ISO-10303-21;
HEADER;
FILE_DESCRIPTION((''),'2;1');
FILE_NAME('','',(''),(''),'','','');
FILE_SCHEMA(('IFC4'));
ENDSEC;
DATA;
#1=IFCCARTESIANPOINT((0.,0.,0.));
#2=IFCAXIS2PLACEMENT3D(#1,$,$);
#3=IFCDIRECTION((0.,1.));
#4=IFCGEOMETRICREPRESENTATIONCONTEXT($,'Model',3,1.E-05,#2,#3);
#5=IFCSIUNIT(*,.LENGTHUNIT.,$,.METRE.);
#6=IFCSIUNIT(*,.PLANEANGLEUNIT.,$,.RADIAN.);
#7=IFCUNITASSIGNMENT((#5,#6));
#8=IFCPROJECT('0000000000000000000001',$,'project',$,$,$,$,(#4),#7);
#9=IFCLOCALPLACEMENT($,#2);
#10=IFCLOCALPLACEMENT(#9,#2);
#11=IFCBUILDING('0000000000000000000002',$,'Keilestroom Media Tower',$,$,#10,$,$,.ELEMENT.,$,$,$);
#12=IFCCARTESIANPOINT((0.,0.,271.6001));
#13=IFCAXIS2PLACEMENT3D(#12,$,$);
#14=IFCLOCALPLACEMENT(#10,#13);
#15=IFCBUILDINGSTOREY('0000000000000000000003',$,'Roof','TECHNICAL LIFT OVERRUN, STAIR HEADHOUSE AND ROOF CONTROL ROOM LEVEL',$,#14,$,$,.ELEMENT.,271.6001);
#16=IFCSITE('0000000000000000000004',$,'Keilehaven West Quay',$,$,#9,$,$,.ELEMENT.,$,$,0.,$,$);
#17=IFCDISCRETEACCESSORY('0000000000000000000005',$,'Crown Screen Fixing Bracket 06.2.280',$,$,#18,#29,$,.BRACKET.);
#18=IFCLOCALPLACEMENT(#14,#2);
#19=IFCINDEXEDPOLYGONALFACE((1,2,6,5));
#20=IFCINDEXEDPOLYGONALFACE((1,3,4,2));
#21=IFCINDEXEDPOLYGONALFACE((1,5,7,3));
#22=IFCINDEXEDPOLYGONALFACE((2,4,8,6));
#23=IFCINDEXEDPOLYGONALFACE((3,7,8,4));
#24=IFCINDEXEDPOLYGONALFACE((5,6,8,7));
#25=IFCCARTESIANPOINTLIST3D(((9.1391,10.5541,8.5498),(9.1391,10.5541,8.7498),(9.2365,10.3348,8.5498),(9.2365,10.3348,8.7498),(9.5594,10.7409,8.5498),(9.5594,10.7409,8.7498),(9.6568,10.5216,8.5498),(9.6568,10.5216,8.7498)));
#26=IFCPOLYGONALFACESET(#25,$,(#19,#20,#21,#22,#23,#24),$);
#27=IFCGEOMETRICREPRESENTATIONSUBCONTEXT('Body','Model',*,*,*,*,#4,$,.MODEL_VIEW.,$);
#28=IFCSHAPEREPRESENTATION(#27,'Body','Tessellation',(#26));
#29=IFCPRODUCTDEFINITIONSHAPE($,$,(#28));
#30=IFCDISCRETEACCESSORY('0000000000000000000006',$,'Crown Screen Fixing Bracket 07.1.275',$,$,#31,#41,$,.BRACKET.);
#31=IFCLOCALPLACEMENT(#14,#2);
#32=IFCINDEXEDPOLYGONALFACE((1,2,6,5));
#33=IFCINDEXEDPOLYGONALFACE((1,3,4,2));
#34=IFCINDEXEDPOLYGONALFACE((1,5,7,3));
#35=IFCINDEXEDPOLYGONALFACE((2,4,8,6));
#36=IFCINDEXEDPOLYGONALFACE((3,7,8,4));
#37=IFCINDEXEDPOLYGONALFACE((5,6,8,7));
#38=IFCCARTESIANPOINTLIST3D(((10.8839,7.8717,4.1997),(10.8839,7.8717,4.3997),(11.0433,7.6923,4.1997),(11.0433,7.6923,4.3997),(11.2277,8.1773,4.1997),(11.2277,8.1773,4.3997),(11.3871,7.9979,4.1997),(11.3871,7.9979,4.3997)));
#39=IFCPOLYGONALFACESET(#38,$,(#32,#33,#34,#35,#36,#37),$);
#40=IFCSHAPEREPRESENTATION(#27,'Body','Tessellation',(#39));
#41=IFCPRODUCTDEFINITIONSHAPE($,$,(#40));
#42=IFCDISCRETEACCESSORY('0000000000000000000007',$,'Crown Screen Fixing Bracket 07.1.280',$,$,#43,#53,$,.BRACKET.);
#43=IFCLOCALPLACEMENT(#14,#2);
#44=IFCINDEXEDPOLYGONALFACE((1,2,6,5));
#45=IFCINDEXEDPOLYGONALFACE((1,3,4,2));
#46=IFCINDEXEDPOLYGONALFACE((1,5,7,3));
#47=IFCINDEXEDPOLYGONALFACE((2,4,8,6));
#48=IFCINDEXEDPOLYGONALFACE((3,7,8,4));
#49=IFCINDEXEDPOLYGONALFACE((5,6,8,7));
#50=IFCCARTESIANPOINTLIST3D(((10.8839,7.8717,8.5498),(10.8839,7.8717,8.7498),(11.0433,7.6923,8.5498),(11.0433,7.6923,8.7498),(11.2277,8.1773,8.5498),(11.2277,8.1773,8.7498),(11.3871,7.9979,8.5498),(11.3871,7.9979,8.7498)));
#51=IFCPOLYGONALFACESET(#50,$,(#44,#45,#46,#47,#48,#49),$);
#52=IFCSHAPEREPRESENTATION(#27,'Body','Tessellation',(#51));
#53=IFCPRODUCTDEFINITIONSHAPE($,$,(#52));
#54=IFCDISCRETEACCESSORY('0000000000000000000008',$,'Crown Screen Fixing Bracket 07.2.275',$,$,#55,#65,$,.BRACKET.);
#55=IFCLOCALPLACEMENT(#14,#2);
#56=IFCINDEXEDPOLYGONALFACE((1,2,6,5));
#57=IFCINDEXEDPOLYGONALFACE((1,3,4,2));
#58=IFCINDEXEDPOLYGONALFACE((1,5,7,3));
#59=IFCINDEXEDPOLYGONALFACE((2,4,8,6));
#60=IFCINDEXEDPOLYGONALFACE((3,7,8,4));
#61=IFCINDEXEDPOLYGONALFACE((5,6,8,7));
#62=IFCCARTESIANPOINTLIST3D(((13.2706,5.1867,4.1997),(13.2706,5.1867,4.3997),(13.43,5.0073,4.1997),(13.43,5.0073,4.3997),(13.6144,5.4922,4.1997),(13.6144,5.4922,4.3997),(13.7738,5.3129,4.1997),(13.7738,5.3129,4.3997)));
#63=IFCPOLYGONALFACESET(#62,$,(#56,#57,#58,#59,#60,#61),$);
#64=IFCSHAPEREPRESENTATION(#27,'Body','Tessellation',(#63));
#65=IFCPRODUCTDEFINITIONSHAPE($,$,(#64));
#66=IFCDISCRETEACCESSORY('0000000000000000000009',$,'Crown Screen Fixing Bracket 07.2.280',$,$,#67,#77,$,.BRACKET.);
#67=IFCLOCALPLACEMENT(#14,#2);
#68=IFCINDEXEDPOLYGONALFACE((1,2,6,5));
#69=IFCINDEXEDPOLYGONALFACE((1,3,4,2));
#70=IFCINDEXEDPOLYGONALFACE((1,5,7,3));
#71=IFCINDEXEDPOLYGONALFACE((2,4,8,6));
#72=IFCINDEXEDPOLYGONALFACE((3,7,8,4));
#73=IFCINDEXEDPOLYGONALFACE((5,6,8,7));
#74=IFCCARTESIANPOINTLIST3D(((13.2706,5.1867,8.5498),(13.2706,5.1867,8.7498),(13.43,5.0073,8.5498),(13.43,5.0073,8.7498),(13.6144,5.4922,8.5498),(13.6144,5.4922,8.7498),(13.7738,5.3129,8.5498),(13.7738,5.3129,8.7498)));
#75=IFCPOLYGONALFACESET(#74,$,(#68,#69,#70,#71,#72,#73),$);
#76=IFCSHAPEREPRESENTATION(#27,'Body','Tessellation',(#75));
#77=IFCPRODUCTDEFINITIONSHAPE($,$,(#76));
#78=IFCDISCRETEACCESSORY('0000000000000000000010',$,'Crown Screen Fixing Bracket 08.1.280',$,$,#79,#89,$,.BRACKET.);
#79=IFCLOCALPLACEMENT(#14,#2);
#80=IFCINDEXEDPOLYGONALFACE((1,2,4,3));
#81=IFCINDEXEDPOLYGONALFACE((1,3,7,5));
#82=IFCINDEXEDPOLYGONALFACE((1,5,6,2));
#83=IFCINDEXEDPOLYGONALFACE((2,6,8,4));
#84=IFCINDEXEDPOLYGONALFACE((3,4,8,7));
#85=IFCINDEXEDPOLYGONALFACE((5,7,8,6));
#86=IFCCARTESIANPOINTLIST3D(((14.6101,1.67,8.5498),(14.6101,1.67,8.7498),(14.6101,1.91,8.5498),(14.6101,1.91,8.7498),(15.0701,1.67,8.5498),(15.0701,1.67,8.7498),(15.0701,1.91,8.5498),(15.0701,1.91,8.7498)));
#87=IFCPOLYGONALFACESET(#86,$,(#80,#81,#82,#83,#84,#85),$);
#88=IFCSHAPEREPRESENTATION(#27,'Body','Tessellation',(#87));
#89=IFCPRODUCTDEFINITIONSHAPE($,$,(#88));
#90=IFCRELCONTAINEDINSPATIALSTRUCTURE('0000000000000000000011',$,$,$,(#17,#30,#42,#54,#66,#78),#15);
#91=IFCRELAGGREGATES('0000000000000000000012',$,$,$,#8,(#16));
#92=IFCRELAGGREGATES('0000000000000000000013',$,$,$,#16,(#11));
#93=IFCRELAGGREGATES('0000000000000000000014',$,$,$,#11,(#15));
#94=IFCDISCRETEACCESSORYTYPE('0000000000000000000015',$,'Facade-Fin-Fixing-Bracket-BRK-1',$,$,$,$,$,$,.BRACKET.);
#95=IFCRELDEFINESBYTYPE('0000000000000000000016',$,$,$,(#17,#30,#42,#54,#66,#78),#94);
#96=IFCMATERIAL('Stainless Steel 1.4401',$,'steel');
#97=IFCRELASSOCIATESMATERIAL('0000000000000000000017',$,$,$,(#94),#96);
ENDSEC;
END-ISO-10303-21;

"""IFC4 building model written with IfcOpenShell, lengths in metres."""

from ifc_helpers import new_model, si_unit, direction, frame, origin, origin_2d, place, context, subcontext, project, spatial, rectangle, extrude, source, transform, mapped, material, type_object, element, save


model = new_model("IFC4")

# Units and contexts
model_context = context("Model", 3, precision=1e-05, world=origin(), true_north=direction((0.0, 1.0)))
body_context = subcontext(model_context, "Body", "Model", "MODEL_VIEW")
ifc_project = project(units=[si_unit("LENGTHUNIT", "METRE"), si_unit("PLANEANGLEUNIT", "RADIAN")], contexts=[model_context])

# Site, building, storey
site_placement = place(None, origin())
site = spatial("IfcSite", under=ifc_project, at=site_placement, Name="Keilehaven West Quay", CompositionType="ELEMENT", RefElevation=0.0)
building_placement = place(site_placement, origin())
building = spatial("IfcBuilding", under=site, at=building_placement, Name="Keilestroom Media Tower", CompositionType="ELEMENT")
storey_placement = place(building_placement, frame((0.0, 0.0, 271.6001)))
storey = spatial("IfcBuildingStorey", under=building, at=storey_placement, Name="Roof", Description="TECHNICAL LIFT OVERRUN, STAIR HEADHOUSE AND ROOF CONTROL ROOM LEVEL", CompositionType="ELEMENT", Elevation=271.6001)

# Discrete accessories
ifc_material_1 = material(Name="Stainless Steel 1.4401", Category="steel")
discrete_accessory_type = type_object("IfcDiscreteAccessoryType", Name="Facade-Fin-Fixing-Bracket-BRK-1", PredefinedType="BRACKET", material=ifc_material_1)
shared_shape_1 = source(origin(), body_context, "Body", "SweptSolid", [
    extrude(rectangle(XDim=0.24, YDim=0.46, at=origin_2d()), origin(), (0.0, 0.0, 1.0), 0.2),
])
for number, where, z_axis, x_axis, name in (
    (1, (9.3979, 10.5378, 8.5498), (0.0, 0.0, 1.0), (0.406139, -0.913811, 0.0), "Crown Screen Fixing Bracket 06.2.280"),
    (2, (11.1355, 7.9348, 4.1997), (0.0, 0.0, 1.0), (0.664363, -0.74741, 0.0), "Crown Screen Fixing Bracket 07.1.275"),
    (3, (11.1355, 7.9348, 8.5498), (0.0, 0.0, 1.0), (0.664363, -0.74741, 0.0), "Crown Screen Fixing Bracket 07.1.280"),
    (4, (13.5222, 5.2498, 4.1997), (0.0, 0.0, 1.0), (0.664363, -0.74741, 0.0), "Crown Screen Fixing Bracket 07.2.275"),
    (5, (13.5222, 5.2498, 8.5498), (0.0, 0.0, 1.0), (0.664363, -0.74741, 0.0), "Crown Screen Fixing Bracket 07.2.280"),
    (6, (14.8401, 1.79, 8.5498), (0.0, 0.0, 1.0), (0.0, -1.0, 0.0), "Crown Screen Fixing Bracket 08.1.280"),
):
    element("IfcDiscreteAccessory", number, at=place(storey_placement, frame(where, z_axis=z_axis, x_axis=x_axis)), inside=storey, type_object=discrete_accessory_type, Name=name, PredefinedType="BRACKET", context=body_context, shape_type="MappedRepresentation", body=[
        mapped(shared_shape_1, transform((0.0, 0.0, 0.0), x_axis=(1.0, 0.0, 0.0), y_axis=(0.0, 1.0, 0.0), z_axis=(0.0, 0.0, 1.0), scale=1.0)),
    ])

save(model, "model.ifc")
